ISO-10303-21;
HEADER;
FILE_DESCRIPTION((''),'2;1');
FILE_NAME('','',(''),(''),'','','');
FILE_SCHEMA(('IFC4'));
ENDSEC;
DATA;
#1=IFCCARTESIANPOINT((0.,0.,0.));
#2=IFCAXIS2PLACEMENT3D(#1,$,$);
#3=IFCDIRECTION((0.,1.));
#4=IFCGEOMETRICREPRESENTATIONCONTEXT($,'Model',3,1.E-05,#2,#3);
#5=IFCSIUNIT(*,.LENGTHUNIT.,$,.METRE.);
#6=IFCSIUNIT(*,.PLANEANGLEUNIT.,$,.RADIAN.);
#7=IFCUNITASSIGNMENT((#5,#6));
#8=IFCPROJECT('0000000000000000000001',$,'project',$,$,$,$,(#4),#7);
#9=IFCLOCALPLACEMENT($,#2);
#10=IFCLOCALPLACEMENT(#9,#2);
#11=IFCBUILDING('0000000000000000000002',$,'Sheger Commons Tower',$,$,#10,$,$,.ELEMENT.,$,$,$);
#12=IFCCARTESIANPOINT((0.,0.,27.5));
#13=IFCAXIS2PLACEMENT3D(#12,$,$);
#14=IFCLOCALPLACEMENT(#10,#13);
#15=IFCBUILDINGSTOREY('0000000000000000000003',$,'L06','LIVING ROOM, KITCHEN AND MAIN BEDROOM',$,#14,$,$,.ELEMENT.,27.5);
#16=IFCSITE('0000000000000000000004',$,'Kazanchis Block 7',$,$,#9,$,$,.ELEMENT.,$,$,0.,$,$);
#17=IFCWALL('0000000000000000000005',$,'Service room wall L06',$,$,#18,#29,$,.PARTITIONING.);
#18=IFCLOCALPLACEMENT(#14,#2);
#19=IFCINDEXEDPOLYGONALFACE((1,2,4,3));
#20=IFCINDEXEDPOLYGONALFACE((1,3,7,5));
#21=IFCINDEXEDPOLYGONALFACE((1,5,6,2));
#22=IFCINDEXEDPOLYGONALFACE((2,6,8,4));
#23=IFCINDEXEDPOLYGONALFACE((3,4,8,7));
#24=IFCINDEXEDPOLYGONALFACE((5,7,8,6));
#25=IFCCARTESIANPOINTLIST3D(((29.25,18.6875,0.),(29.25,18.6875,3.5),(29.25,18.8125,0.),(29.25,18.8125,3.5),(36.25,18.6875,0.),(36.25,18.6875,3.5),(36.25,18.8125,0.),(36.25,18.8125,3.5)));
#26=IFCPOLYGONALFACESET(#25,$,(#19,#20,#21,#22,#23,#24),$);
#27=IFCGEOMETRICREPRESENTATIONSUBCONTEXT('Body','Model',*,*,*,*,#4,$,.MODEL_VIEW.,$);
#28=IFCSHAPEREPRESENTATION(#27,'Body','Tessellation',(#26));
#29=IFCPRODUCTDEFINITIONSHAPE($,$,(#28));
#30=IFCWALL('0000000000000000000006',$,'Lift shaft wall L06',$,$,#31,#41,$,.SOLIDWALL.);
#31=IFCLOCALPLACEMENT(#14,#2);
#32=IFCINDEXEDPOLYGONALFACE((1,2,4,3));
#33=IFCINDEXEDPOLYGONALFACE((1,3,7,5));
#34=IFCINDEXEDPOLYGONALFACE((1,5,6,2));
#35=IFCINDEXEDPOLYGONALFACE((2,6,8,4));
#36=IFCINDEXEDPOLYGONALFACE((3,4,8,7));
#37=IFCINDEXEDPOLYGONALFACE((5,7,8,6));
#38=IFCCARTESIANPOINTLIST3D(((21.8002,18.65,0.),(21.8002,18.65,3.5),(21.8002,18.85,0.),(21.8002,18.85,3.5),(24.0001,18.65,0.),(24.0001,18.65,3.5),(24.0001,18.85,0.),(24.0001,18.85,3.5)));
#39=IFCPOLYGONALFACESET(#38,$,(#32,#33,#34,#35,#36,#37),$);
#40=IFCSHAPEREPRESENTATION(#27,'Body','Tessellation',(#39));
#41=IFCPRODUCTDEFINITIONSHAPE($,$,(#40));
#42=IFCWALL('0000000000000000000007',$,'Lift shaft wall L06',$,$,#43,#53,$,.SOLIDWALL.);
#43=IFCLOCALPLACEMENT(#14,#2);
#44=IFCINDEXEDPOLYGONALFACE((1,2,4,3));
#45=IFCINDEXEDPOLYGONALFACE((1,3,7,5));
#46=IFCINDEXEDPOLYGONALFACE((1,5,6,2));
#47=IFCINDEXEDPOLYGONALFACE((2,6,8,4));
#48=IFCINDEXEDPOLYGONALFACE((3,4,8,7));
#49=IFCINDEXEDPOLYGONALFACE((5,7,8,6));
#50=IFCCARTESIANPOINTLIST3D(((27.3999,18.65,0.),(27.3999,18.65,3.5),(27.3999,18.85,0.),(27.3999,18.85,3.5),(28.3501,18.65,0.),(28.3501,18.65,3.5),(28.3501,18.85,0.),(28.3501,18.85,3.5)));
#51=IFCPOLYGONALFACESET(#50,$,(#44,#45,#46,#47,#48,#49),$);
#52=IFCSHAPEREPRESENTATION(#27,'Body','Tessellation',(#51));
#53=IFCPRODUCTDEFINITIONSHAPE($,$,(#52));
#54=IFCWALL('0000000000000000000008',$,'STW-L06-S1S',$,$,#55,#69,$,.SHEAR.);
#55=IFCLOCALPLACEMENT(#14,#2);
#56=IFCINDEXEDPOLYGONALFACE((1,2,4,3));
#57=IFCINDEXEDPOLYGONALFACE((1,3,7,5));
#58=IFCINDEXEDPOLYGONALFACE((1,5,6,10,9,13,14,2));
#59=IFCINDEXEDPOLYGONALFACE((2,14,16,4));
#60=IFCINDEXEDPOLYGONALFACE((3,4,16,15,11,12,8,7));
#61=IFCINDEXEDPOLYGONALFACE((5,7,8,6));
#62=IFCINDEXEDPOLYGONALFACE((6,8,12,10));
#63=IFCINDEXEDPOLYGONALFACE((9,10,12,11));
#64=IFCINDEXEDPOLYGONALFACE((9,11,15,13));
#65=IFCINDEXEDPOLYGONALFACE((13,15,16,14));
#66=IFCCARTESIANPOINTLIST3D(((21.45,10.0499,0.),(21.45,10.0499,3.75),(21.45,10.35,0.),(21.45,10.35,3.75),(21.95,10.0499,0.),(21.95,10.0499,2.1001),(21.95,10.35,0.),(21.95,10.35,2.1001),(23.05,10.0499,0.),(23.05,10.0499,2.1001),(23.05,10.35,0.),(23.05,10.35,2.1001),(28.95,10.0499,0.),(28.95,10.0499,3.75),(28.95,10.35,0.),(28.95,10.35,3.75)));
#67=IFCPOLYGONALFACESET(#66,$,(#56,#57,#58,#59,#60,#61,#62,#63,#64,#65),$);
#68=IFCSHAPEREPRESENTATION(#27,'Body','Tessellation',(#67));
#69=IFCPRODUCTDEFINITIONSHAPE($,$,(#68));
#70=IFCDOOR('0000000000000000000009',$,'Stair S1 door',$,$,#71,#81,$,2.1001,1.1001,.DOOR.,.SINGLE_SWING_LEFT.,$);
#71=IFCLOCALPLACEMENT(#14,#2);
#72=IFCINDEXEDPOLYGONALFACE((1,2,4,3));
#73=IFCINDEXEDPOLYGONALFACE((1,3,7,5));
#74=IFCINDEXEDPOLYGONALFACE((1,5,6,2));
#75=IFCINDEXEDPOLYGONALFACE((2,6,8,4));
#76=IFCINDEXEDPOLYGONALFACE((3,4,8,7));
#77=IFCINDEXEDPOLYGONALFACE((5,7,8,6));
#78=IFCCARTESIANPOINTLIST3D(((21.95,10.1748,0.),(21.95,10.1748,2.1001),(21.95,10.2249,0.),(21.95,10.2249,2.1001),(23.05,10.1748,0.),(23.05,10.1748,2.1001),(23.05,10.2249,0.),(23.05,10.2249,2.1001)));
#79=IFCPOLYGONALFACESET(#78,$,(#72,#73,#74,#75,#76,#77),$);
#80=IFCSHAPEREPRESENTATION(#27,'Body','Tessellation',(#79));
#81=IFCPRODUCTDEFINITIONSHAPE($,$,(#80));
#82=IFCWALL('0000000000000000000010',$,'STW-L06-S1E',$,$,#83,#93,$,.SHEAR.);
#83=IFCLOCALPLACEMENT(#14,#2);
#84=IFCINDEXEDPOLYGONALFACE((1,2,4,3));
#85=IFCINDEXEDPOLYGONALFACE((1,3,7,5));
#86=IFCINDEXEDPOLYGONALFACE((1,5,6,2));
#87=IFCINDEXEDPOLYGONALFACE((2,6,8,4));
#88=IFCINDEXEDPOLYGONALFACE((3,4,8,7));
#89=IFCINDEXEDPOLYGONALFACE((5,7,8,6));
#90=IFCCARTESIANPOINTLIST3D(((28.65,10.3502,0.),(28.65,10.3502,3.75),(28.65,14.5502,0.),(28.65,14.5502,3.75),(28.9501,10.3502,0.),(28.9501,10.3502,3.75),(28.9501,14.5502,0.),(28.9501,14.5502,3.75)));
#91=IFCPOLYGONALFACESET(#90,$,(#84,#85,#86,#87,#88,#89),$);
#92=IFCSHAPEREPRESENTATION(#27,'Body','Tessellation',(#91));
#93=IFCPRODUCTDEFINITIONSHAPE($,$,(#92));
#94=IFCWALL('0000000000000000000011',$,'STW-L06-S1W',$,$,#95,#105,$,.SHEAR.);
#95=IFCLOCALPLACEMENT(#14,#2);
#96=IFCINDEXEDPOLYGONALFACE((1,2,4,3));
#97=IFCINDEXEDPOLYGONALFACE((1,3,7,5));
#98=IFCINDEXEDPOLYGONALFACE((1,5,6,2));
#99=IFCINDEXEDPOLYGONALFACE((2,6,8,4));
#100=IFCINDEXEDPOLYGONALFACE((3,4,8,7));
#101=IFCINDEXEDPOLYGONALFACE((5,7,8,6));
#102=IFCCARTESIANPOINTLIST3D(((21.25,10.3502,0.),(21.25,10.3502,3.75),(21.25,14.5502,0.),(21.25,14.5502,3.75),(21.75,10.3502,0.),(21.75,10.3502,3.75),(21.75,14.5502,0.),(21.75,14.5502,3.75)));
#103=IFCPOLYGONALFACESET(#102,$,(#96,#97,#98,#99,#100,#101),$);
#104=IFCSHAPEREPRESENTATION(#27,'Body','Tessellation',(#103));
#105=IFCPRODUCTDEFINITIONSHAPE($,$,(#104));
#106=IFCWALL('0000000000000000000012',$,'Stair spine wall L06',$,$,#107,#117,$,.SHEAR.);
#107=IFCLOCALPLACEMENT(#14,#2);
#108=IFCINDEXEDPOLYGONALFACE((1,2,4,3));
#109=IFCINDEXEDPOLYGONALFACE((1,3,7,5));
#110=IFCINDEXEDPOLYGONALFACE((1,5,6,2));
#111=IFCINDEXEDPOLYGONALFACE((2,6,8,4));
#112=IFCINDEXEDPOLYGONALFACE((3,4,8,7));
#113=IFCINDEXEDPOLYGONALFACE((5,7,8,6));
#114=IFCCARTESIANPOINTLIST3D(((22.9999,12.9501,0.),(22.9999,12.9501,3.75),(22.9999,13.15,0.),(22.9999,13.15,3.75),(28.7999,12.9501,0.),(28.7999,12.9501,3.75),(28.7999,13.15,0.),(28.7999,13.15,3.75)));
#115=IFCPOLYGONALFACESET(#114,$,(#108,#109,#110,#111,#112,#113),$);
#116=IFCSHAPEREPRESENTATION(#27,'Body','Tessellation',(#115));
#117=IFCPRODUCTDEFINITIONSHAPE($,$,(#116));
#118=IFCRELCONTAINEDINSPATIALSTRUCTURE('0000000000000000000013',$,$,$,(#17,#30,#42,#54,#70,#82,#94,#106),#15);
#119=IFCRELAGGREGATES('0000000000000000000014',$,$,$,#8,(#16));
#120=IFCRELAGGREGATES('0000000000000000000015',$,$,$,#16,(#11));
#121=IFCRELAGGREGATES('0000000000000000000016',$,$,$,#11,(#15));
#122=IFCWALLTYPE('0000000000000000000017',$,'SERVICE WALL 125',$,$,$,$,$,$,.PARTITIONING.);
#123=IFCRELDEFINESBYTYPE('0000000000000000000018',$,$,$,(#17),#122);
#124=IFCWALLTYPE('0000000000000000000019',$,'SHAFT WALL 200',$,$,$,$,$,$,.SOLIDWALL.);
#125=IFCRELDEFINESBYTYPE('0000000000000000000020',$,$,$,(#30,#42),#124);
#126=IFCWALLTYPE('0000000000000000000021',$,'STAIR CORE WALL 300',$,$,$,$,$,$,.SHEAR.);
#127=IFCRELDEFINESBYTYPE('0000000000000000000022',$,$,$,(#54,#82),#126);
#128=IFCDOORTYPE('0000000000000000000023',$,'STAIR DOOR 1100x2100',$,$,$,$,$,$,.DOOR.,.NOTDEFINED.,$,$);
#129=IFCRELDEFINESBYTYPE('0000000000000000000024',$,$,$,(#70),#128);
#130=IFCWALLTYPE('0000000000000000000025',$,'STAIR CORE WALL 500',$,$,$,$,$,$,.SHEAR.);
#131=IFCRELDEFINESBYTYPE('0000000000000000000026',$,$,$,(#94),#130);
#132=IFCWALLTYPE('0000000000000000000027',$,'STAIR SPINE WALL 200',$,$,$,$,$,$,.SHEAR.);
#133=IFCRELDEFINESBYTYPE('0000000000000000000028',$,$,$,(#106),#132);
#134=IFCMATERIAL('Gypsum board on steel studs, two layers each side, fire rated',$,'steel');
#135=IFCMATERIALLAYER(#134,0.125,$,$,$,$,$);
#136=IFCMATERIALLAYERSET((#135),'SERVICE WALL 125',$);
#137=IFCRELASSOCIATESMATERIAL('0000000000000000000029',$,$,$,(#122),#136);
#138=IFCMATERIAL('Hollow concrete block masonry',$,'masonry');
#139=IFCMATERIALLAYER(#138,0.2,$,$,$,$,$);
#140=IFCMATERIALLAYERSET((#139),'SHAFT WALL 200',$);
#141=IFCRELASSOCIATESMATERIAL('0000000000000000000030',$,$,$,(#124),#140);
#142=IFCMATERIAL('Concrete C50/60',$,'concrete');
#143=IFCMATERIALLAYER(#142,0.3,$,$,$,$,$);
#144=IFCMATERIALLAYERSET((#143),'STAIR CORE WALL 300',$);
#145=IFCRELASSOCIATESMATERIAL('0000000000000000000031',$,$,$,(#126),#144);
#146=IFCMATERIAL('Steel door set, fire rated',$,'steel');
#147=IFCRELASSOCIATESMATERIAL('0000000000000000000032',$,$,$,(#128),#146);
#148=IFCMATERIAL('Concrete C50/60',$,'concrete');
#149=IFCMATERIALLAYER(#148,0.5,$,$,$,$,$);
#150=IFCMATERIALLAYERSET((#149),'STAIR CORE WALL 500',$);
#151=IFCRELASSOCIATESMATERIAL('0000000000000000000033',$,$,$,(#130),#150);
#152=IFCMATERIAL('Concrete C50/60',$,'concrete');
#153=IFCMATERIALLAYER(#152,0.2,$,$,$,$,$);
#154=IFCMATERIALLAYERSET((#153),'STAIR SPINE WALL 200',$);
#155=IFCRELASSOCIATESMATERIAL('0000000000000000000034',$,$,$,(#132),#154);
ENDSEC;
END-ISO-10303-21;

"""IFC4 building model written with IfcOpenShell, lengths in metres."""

from ifc_helpers import new_model, si_unit, direction, frame, frame_2d, origin, place, context, subcontext, project, spatial, rectangle, extrude, material, layer, layer_set, type_object, element, fill, save


model = new_model("IFC4")

# Units and contexts
model_context = context("Model", 3, precision=1e-05, world=origin(), true_north=direction((0.0, 1.0)))
body_context = subcontext(model_context, "Body", "Model", "MODEL_VIEW")
ifc_project = project(units=[si_unit("LENGTHUNIT", "METRE"), si_unit("PLANEANGLEUNIT", "RADIAN")], contexts=[model_context])

# Site, building, storey
site_placement = place(None, origin())
site = spatial("IfcSite", under=ifc_project, at=site_placement, Name="Kazanchis Block 7", CompositionType="ELEMENT", RefElevation=0.0)
building_placement = place(site_placement, origin())
building = spatial("IfcBuilding", under=site, at=building_placement, Name="Sheger Commons Tower", CompositionType="ELEMENT")
storey_placement = place(building_placement, frame((0.0, 0.0, 27.5)))
storey = spatial("IfcBuildingStorey", under=building, at=storey_placement, Name="L06", Description="LIVING ROOM, KITCHEN AND MAIN BEDROOM", CompositionType="ELEMENT", Elevation=27.5)

# Walls
ifc_material_1 = material(Name="Gypsum board on steel studs, two layers each side, fire rated", Category="steel")
ifc_layer_1 = layer(ifc_material_1, 0.125)
ifc_layer_set_1 = layer_set([ifc_layer_1], Name="SERVICE WALL 125")
wall_type_1 = type_object("IfcWallType", Name="SERVICE WALL 125", PredefinedType="PARTITIONING", material=ifc_layer_set_1)
wall_1_placement = place(storey_placement, frame((29.25, 18.75, 0.0), z_axis=(0.0, 0.0, 1.0), x_axis=(1.0, 0.0, 0.0)))
element("IfcWall", 1, at=wall_1_placement, inside=storey, type_object=wall_type_1, Name="Service room wall L06", PredefinedType="PARTITIONING", context=body_context, shape_type="SweptSolid", body=[
    extrude(rectangle(XDim=7.0, YDim=0.125, at=frame_2d((3.5, 0.0))), origin(), (0.0, 0.0, 1.0), 3.5),
])
ifc_material_2 = material(Name="Hollow concrete block masonry", Category="masonry")
ifc_layer_2 = layer(ifc_material_2, 0.2)
ifc_layer_set_2 = layer_set([ifc_layer_2], Name="SHAFT WALL 200")
wall_type_2 = type_object("IfcWallType", Name="SHAFT WALL 200", PredefinedType="SOLIDWALL", material=ifc_layer_set_2)
wall_2_placement = place(storey_placement, frame((21.8, 18.75, 0.0), z_axis=(0.0, 0.0, 1.0), x_axis=(1.0, 0.0, 0.0)))
element("IfcWall", 2, at=wall_2_placement, inside=storey, type_object=wall_type_2, Name="Lift shaft wall L06", PredefinedType="SOLIDWALL", context=body_context, shape_type="SweptSolid", body=[
    extrude(rectangle(XDim=2.2, YDim=0.2, at=frame_2d((1.1001, 0.0))), origin(), (0.0, 0.0, 1.0), 3.5),
])
wall_3_placement = place(storey_placement, frame((27.3999, 18.75, 0.0), z_axis=(0.0, 0.0, 1.0), x_axis=(1.0, 0.0, 0.0)))
element("IfcWall", 3, at=wall_3_placement, inside=storey, type_object=wall_type_2, Name="Lift shaft wall L06", PredefinedType="SOLIDWALL", context=body_context, shape_type="SweptSolid", body=[
    extrude(rectangle(XDim=0.9502, YDim=0.2, at=frame_2d((0.4751, 0.0))), origin(), (0.0, 0.0, 1.0), 3.5),
])

# Wall, opening, door
ifc_material_3 = material(Name="Concrete C50/60", Category="concrete")
ifc_layer_3 = layer(ifc_material_3, 0.3)
ifc_layer_set_3 = layer_set([ifc_layer_3], Name="STAIR CORE WALL 300")
wall_type_3 = type_object("IfcWallType", Name="STAIR CORE WALL 300", PredefinedType="SHEAR", material=ifc_layer_set_3)
wall_4_placement = place(storey_placement, frame((21.45, 10.2, 0.0), z_axis=(0.0, 0.0, 1.0), x_axis=(1.0, 0.0, 0.0)))
wall_4 = element("IfcWall", 4, at=wall_4_placement, inside=storey, type_object=wall_type_3, Name="STW-L06-S1S", PredefinedType="SHEAR", context=body_context, shape_type="SweptSolid", body=[
    extrude(rectangle(XDim=7.5, YDim=0.3, at=frame_2d((3.75, 0.0))), origin(), (0.0, 0.0, 1.0), 3.75),
])
opening_1_placement = place(wall_4_placement, frame((0.5, 0.0, 0.0)))
opening_1 = element("IfcOpeningElement", 5, at=opening_1_placement, cuts=wall_4, PredefinedType="OPENING", context=body_context, shape_type="SweptSolid", body=[
    extrude(rectangle(XDim=1.1001, YDim=2.1001, at=frame_2d((0.55, 1.05))), frame((0.0, 0.1599, 0.0), z_axis=(0.0, -1.0, 0.0), x_axis=(1.0, 0.0, 0.0)), (0.0, 0.0, 1.0), 0.3201),
])
ifc_material_4 = material(Name="Steel door set, fire rated", Category="steel")
door_type_1 = type_object("IfcDoorType", Name="STAIR DOOR 1100x2100", OperationType="NOTDEFINED", PredefinedType="DOOR", material=ifc_material_4)
door_1_placement = place(opening_1_placement, origin())
door_1 = element("IfcDoor", 6, at=door_1_placement, inside=storey, type_object=door_type_1, Name="Stair S1 door", OperationType="SINGLE_SWING_LEFT", OverallHeight=2.1001, OverallWidth=1.1001, PredefinedType="DOOR", context=body_context, shape_type="SweptSolid", body=[
    extrude(rectangle(XDim=1.1001, YDim=2.1001, at=frame_2d((0.55, 1.05))), frame((0.0, 0.0249, 0.0), z_axis=(0.0, -1.0, 0.0), x_axis=(1.0, 0.0, 0.0)), (0.0, 0.0, 1.0), 0.05),
])
fill(opening_1, door_1)

# Walls
wall_5_placement = place(storey_placement, frame((28.8, 10.3501, 0.0), z_axis=(0.0, 0.0, 1.0), x_axis=(0.0, 1.0, 0.0)))
element("IfcWall", 7, at=wall_5_placement, inside=storey, type_object=wall_type_3, Name="STW-L06-S1E", PredefinedType="SHEAR", context=body_context, shape_type="SweptSolid", body=[
    extrude(rectangle(XDim=4.2, YDim=0.3, at=frame_2d((2.1001, 0.0))), origin(), (0.0, 0.0, 1.0), 3.75),
])
ifc_material_5 = material(Name="Concrete C50/60", Category="concrete")
ifc_layer_4 = layer(ifc_material_5, 0.5)
ifc_layer_set_4 = layer_set([ifc_layer_4], Name="STAIR CORE WALL 500")
wall_type_4 = type_object("IfcWallType", Name="STAIR CORE WALL 500", PredefinedType="SHEAR", material=ifc_layer_set_4)
wall_6_placement = place(storey_placement, frame((21.5, 10.3501, 0.0), z_axis=(0.0, 0.0, 1.0), x_axis=(0.0, 1.0, 0.0)))
element("IfcWall", 8, at=wall_6_placement, inside=storey, type_object=wall_type_4, Name="STW-L06-S1W", PredefinedType="SHEAR", context=body_context, shape_type="SweptSolid", body=[
    extrude(rectangle(XDim=4.2, YDim=0.5, at=frame_2d((2.1001, 0.0))), origin(), (0.0, 0.0, 1.0), 3.75),
])
ifc_material_6 = material(Name="Concrete C50/60", Category="concrete")
ifc_layer_5 = layer(ifc_material_6, 0.2)
ifc_layer_set_5 = layer_set([ifc_layer_5], Name="STAIR SPINE WALL 200")
wall_type_5 = type_object("IfcWallType", Name="STAIR SPINE WALL 200", PredefinedType="SHEAR", material=ifc_layer_set_5)
wall_7_placement = place(storey_placement, frame((23.0, 13.05, 0.0), z_axis=(0.0, 0.0, 1.0), x_axis=(1.0, 0.0, 0.0)))
element("IfcWall", 9, at=wall_7_placement, inside=storey, type_object=wall_type_5, Name="Stair spine wall L06", PredefinedType="SHEAR", context=body_context, shape_type="SweptSolid", body=[
    extrude(rectangle(XDim=5.8, YDim=0.2, at=frame_2d((2.8999, 0.0))), origin(), (0.0, 0.0, 1.0), 3.75),
])

save(model, "model.ifc")
